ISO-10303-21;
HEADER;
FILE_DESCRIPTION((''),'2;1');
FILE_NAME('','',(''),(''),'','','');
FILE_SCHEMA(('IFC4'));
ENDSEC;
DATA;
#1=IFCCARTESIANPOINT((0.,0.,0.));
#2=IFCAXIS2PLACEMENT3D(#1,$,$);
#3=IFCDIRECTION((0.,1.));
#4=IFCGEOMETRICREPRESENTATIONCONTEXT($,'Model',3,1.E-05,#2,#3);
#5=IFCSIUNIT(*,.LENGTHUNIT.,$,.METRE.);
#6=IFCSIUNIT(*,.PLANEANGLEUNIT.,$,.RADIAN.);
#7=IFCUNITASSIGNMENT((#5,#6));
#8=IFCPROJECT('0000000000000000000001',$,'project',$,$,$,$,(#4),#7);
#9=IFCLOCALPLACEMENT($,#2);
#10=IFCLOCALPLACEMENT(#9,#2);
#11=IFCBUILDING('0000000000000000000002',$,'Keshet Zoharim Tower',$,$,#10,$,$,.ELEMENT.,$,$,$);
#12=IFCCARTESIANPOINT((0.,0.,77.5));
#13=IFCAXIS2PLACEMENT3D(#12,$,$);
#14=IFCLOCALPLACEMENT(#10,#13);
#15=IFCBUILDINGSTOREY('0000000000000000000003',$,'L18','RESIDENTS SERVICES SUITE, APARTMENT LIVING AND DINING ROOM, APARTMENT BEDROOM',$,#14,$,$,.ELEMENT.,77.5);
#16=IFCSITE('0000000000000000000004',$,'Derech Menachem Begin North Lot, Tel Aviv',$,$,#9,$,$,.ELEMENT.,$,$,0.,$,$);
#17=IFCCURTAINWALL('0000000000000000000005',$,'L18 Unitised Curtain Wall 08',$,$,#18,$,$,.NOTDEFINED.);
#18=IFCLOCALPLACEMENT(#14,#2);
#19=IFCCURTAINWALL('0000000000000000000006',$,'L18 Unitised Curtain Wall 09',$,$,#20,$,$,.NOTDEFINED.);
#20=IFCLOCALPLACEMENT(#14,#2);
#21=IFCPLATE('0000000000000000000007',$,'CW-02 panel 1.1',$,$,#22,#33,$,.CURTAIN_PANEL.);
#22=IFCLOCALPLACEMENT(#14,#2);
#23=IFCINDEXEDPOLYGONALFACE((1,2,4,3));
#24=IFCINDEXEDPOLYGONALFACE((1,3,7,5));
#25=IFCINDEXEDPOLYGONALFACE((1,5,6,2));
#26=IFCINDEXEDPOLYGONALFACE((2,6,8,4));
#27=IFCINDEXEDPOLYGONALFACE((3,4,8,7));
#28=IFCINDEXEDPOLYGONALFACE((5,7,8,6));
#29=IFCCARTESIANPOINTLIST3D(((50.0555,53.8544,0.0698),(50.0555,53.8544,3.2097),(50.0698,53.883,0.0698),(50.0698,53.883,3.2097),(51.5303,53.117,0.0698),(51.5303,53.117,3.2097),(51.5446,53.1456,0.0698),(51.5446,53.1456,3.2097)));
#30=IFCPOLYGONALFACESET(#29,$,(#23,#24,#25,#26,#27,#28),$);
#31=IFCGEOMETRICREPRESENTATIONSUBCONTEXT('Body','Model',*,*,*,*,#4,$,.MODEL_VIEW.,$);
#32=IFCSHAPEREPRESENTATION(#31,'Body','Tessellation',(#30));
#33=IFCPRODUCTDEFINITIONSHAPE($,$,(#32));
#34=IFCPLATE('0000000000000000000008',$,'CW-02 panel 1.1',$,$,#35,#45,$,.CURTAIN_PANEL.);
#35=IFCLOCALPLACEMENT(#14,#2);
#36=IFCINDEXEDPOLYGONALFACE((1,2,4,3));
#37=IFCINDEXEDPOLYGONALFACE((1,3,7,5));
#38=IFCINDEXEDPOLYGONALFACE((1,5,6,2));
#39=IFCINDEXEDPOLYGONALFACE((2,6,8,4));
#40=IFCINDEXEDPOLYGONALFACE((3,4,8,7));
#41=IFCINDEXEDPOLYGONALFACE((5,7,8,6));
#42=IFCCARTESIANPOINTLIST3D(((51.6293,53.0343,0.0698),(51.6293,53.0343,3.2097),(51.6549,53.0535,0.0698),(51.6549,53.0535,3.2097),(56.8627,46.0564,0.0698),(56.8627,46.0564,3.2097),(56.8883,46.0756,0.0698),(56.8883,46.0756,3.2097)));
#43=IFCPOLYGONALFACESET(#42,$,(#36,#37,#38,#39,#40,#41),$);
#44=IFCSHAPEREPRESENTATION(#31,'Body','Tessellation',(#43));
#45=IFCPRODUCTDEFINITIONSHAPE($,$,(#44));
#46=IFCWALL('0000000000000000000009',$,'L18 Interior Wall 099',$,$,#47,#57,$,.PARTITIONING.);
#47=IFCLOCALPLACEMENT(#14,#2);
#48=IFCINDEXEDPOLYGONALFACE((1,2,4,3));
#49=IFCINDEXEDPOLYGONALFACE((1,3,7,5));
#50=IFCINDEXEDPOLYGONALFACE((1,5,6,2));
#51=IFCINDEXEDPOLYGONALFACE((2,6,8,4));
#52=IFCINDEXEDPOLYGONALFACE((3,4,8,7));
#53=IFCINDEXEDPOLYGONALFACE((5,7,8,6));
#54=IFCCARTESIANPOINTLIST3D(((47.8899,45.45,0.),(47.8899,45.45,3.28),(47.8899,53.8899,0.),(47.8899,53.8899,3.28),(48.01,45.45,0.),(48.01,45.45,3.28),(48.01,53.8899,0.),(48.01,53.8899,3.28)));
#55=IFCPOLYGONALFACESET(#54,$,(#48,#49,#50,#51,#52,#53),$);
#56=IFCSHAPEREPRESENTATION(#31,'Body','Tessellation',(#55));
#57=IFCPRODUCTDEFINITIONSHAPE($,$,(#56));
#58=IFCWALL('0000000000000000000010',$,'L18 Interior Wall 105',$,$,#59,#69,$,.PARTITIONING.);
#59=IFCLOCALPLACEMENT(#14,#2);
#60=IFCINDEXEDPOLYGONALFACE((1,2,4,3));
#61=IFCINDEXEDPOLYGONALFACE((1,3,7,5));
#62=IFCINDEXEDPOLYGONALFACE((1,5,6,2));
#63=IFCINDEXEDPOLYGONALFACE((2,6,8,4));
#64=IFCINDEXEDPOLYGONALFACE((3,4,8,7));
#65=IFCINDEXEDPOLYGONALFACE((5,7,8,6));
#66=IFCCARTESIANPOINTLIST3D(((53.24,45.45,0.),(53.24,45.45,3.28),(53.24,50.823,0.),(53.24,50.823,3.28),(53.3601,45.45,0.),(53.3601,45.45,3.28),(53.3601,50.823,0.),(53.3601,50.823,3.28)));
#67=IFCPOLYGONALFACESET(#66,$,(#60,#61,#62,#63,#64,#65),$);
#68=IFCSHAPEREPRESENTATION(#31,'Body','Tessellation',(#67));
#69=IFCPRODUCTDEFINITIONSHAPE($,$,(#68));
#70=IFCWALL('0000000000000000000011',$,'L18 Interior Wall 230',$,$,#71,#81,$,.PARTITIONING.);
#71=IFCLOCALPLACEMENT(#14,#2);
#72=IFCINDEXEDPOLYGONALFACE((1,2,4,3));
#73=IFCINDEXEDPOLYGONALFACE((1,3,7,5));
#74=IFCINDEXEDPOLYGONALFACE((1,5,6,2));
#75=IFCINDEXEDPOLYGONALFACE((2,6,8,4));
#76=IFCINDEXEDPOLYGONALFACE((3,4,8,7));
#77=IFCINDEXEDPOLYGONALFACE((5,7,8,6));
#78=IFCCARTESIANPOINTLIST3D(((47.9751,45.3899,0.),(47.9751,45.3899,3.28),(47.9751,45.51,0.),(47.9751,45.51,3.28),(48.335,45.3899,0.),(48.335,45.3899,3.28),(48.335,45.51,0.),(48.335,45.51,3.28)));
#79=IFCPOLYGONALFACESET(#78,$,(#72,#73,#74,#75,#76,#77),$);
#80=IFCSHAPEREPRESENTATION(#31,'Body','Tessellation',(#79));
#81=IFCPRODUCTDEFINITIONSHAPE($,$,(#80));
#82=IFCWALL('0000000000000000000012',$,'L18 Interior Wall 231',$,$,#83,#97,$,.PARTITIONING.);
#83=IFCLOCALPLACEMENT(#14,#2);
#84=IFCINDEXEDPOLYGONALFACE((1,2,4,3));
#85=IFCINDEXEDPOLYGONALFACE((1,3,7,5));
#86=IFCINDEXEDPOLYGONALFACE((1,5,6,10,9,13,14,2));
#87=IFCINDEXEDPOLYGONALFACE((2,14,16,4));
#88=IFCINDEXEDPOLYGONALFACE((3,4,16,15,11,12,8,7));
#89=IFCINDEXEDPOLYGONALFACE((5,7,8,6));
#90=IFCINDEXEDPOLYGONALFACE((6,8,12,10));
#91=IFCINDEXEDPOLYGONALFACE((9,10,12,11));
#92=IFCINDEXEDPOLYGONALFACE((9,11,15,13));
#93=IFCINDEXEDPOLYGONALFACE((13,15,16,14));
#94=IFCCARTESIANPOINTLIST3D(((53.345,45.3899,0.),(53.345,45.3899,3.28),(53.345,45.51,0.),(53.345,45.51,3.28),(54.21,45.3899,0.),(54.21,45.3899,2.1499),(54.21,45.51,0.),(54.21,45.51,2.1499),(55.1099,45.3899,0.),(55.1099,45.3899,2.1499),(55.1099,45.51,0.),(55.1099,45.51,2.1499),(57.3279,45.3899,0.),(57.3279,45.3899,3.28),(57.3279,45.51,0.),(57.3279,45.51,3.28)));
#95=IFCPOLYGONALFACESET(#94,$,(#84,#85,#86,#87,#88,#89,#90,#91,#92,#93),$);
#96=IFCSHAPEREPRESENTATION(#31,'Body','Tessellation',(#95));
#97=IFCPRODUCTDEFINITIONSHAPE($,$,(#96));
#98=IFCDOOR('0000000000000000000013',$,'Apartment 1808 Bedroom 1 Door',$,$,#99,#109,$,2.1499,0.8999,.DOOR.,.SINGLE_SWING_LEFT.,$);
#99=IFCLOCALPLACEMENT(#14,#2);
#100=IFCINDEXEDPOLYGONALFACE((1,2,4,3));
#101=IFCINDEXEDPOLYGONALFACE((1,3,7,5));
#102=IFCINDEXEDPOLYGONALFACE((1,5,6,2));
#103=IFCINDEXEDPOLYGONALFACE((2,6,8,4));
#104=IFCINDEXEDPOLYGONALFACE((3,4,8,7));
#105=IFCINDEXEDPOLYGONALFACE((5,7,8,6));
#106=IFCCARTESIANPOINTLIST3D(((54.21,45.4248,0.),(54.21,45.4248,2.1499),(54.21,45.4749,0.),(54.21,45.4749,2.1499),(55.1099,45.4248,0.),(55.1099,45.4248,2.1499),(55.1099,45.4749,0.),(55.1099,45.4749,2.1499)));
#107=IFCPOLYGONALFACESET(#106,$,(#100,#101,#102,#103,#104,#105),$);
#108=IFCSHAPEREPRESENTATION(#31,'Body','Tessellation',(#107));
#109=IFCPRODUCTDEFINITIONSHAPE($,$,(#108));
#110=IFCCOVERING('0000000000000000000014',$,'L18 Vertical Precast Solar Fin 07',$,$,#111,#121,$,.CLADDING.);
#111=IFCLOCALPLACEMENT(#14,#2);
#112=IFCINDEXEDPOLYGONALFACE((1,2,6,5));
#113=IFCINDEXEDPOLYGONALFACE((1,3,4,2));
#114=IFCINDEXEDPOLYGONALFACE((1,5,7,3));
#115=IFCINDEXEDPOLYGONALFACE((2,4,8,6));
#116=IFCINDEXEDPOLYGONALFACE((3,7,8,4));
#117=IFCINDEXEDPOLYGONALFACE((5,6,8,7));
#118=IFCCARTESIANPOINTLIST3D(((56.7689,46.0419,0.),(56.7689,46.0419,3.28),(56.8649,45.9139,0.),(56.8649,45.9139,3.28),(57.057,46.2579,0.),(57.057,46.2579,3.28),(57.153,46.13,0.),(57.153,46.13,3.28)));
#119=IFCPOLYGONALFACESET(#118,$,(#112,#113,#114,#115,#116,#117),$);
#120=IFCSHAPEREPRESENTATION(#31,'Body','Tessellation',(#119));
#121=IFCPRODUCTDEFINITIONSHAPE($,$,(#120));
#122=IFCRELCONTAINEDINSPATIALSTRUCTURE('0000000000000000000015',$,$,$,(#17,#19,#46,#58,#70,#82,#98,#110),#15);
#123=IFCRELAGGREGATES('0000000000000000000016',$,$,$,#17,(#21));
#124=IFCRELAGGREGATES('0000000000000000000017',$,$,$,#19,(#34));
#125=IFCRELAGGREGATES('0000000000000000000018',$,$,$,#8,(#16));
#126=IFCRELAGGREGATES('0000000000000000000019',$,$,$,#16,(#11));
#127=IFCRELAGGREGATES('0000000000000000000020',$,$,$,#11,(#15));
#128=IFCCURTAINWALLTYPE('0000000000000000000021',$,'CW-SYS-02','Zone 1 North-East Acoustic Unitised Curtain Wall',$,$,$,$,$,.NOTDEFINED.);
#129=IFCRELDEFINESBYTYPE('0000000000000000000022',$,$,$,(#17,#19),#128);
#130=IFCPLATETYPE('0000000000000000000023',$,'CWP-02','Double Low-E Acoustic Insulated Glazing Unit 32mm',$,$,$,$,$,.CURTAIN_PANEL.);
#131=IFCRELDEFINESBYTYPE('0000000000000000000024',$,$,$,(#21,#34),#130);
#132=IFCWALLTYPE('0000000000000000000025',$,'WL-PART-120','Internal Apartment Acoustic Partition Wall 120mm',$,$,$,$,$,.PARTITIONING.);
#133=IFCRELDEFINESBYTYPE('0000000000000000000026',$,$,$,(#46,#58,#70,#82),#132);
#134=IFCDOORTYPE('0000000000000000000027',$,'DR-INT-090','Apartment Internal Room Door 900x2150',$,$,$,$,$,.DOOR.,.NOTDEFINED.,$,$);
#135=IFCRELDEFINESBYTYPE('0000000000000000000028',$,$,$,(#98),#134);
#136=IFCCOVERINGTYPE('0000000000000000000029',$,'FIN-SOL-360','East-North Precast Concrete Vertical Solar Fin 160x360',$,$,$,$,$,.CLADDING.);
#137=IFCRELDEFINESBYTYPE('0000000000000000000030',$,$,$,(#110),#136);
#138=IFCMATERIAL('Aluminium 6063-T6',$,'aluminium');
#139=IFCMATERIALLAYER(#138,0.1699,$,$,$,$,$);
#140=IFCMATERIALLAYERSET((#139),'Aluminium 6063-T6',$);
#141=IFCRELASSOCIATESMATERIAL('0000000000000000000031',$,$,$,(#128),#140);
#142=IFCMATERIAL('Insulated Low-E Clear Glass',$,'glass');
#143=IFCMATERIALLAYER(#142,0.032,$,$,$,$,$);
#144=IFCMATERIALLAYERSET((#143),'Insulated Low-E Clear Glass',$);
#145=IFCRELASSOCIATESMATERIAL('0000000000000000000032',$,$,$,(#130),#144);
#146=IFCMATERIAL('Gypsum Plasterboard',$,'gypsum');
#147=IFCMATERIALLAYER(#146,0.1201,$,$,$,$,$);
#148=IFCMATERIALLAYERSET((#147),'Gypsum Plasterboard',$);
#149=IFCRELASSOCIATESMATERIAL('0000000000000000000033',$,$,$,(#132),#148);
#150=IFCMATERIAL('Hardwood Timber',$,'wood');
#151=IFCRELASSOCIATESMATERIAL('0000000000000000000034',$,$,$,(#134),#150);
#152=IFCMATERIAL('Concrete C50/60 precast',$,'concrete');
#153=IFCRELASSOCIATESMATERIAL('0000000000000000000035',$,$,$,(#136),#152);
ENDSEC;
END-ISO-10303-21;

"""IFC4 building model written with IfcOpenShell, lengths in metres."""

from ifc_helpers import new_model, si_unit, direction, frame, frame_2d, origin, origin_2d, place, context, subcontext, project, spatial, rectangle, extrude, material, layer, layer_set, type_object, element, fill, aggregate, save


model = new_model("IFC4")

# Units and contexts
model_context = context("Model", 3, precision=1e-05, world=origin(), true_north=direction((0.0, 1.0)))
body_context = subcontext(model_context, "Body", "Model", "MODEL_VIEW")
ifc_project = project(units=[si_unit("LENGTHUNIT", "METRE"), si_unit("PLANEANGLEUNIT", "RADIAN")], contexts=[model_context])

# Site, building, storey
site_placement = place(None, origin())
site = spatial("IfcSite", under=ifc_project, at=site_placement, Name="Derech Menachem Begin North Lot, Tel Aviv", CompositionType="ELEMENT", RefElevation=0.0)
building_placement = place(site_placement, origin())
building = spatial("IfcBuilding", under=site, at=building_placement, Name="Keshet Zoharim Tower", CompositionType="ELEMENT")
storey_placement = place(building_placement, frame((0.0, 0.0, 77.5)))
storey = spatial("IfcBuildingStorey", under=building, at=storey_placement, Name="L18", Description="RESIDENTS SERVICES SUITE, APARTMENT LIVING AND DINING ROOM, APARTMENT BEDROOM", CompositionType="ELEMENT", Elevation=77.5)

# Shared definitions
ifc_material_1 = material(Name="Aluminium 6063-T6", Category="aluminium")
ifc_layer_1 = layer(ifc_material_1, 0.1699)
ifc_layer_set_1 = layer_set([ifc_layer_1], Name="Aluminium 6063-T6")
curtain_wall_type = type_object("IfcCurtainWallType", Name="CW-SYS-02", Description="Zone 1 North-East Acoustic Unitised Curtain Wall", PredefinedType="NOTDEFINED", material=ifc_layer_set_1)

# Curtain walls
curtain_wall_1_placement = place(storey_placement, origin())
curtain_wall_1 = element("IfcCurtainWall", 1, at=curtain_wall_1_placement, inside=storey, type_object=curtain_wall_type, Name="L18 Unitised Curtain Wall 08", PredefinedType="NOTDEFINED")
curtain_wall_2_placement = place(storey_placement, origin())
curtain_wall_2 = element("IfcCurtainWall", 2, at=curtain_wall_2_placement, inside=storey, type_object=curtain_wall_type, Name="L18 Unitised Curtain Wall 09", PredefinedType="NOTDEFINED")

# Plates
ifc_material_2 = material(Name="Insulated Low-E Clear Glass", Category="glass")
ifc_layer_2 = layer(ifc_material_2, 0.032)
ifc_layer_set_2 = layer_set([ifc_layer_2], Name="Insulated Low-E Clear Glass")
plate_type = type_object("IfcPlateType", Name="CWP-02", Description="Double Low-E Acoustic Insulated Glazing Unit 32mm", PredefinedType="CURTAIN_PANEL", material=ifc_layer_set_2)
plate_1_placement = place(storey_placement, frame((50.8, 53.5, 0.0698), z_axis=(0.0, 0.0, 1.0), x_axis=(0.894427, -0.447214, 0.0)))
plate_1 = element("IfcPlate", 3, at=plate_1_placement, type_object=plate_type, Name="CW-02 panel 1.1", PredefinedType="CURTAIN_PANEL", context=body_context, shape_type="SweptSolid", body=[
    extrude(rectangle(XDim=1.6489, YDim=0.032, at=origin_2d()), origin(), (0.0, 0.0, 1.0), 3.1399),
])
aggregate(curtain_wall_1, [plate_1])
plate_2_placement = place(storey_placement, frame((54.2588, 49.5549, 0.0698), z_axis=(0.0, 0.0, 1.0), x_axis=(0.6, -0.8, 0.0)))
plate_2 = element("IfcPlate", 4, at=plate_2_placement, type_object=plate_type, Name="CW-02 panel 1.1", PredefinedType="CURTAIN_PANEL", context=body_context, shape_type="SweptSolid", body=[
    extrude(rectangle(XDim=8.7224, YDim=0.032, at=origin_2d()), origin(), (0.0, 0.0, 1.0), 3.1399),
])
aggregate(curtain_wall_2, [plate_2])

# Walls
ifc_material_3 = material(Name="Gypsum Plasterboard", Category="gypsum")
ifc_layer_3 = layer(ifc_material_3, 0.1201)
ifc_layer_set_3 = layer_set([ifc_layer_3], Name="Gypsum Plasterboard")
wall_type = type_object("IfcWallType", Name="WL-PART-120", Description="Internal Apartment Acoustic Partition Wall 120mm", PredefinedType="PARTITIONING", material=ifc_layer_set_3)
wall_1_placement = place(storey_placement, frame((47.95, 45.45, 0.0), z_axis=(0.0, 0.0, 1.0), x_axis=(0.0, 1.0, 0.0)))
element("IfcWall", 5, at=wall_1_placement, inside=storey, type_object=wall_type, Name="L18 Interior Wall 099", PredefinedType="PARTITIONING", context=body_context, shape_type="SweptSolid", body=[
    extrude(rectangle(XDim=8.4399, YDim=0.1201, at=frame_2d((4.22, 0.0))), origin(), (0.0, 0.0, 1.0), 3.28),
])
wall_2_placement = place(storey_placement, frame((53.3, 45.45, 0.0), z_axis=(0.0, 0.0, 1.0), x_axis=(0.0, 1.0, 0.0)))
element("IfcWall", 6, at=wall_2_placement, inside=storey, type_object=wall_type, Name="L18 Interior Wall 105", PredefinedType="PARTITIONING", context=body_context, shape_type="SweptSolid", body=[
    extrude(rectangle(XDim=5.373, YDim=0.1201, at=frame_2d((2.6865, 0.0))), origin(), (0.0, 0.0, 1.0), 3.28),
])
wall_3_placement = place(storey_placement, frame((47.9751, 45.45, 0.0), z_axis=(0.0, 0.0, 1.0), x_axis=(1.0, 0.0, 0.0)))
element("IfcWall", 7, at=wall_3_placement, inside=storey, type_object=wall_type, Name="L18 Interior Wall 230", PredefinedType="PARTITIONING", context=body_context, shape_type="SweptSolid", body=[
    extrude(rectangle(XDim=0.3599, YDim=0.1201, at=frame_2d((0.1799, 0.0))), origin(), (0.0, 0.0, 1.0), 3.28),
])

# Wall, opening, door
wall_4_placement = place(storey_placement, frame((53.345, 45.45, 0.0), z_axis=(0.0, 0.0, 1.0), x_axis=(1.0, 0.0, 0.0)))
wall_4 = element("IfcWall", 8, at=wall_4_placement, inside=storey, type_object=wall_type, Name="L18 Interior Wall 231", PredefinedType="PARTITIONING", context=body_context, shape_type="SweptSolid", body=[
    extrude(rectangle(XDim=3.9829, YDim=0.1201, at=frame_2d((1.9915, 0.0))), origin(), (0.0, 0.0, 1.0), 3.28),
])
opening_placement = place(wall_4_placement, frame((0.865, 0.0, 0.0)))
opening = element("IfcOpeningElement", 9, at=opening_placement, cuts=wall_4, PredefinedType="OPENING", context=body_context, shape_type="SweptSolid", body=[
    extrude(rectangle(XDim=0.8999, YDim=2.1499, at=frame_2d((0.45, 1.075))), frame((0.0, 0.0701, 0.0), z_axis=(0.0, -1.0, 0.0), x_axis=(1.0, 0.0, 0.0)), (0.0, 0.0, 1.0), 0.1401),
])
ifc_material_4 = material(Name="Hardwood Timber", Category="wood")
door_type = type_object("IfcDoorType", Name="DR-INT-090", Description="Apartment Internal Room Door 900x2150", OperationType="NOTDEFINED", PredefinedType="DOOR", material=ifc_material_4)
door_placement = place(opening_placement, origin())
door = element("IfcDoor", 10, at=door_placement, inside=storey, type_object=door_type, Name="Apartment 1808 Bedroom 1 Door", OperationType="SINGLE_SWING_LEFT", OverallHeight=2.1499, OverallWidth=0.8999, PredefinedType="DOOR", context=body_context, shape_type="SweptSolid", body=[
    extrude(rectangle(XDim=0.8999, YDim=2.1499, at=frame_2d((0.45, 1.075))), frame((0.0, 0.0249, 0.0), z_axis=(0.0, -1.0, 0.0), x_axis=(1.0, 0.0, 0.0)), (0.0, 0.0, 1.0), 0.05),
])
fill(opening, door)

# Covering
ifc_material_5 = material(Name="Concrete C50/60 precast", Category="concrete")
covering_type = type_object("IfcCoveringType", Name="FIN-SOL-360", Description="East-North Precast Concrete Vertical Solar Fin 160x360", PredefinedType="CLADDING", material=ifc_material_5)
covering_placement = place(storey_placement, frame((56.9609, 46.0859, 0.0), z_axis=(0.0, 0.0, 1.0), x_axis=(0.6, -0.8, 0.0)))
element("IfcCovering", 11, at=covering_placement, inside=storey, type_object=covering_type, Name="L18 Vertical Precast Solar Fin 07", PredefinedType="CLADDING", context=body_context, shape_type="SweptSolid", body=[
    extrude(rectangle(XDim=0.1599, YDim=0.3601, at=origin_2d()), origin(), (0.0, 0.0, 1.0), 3.28),
])

save(model, "model.ifc")
